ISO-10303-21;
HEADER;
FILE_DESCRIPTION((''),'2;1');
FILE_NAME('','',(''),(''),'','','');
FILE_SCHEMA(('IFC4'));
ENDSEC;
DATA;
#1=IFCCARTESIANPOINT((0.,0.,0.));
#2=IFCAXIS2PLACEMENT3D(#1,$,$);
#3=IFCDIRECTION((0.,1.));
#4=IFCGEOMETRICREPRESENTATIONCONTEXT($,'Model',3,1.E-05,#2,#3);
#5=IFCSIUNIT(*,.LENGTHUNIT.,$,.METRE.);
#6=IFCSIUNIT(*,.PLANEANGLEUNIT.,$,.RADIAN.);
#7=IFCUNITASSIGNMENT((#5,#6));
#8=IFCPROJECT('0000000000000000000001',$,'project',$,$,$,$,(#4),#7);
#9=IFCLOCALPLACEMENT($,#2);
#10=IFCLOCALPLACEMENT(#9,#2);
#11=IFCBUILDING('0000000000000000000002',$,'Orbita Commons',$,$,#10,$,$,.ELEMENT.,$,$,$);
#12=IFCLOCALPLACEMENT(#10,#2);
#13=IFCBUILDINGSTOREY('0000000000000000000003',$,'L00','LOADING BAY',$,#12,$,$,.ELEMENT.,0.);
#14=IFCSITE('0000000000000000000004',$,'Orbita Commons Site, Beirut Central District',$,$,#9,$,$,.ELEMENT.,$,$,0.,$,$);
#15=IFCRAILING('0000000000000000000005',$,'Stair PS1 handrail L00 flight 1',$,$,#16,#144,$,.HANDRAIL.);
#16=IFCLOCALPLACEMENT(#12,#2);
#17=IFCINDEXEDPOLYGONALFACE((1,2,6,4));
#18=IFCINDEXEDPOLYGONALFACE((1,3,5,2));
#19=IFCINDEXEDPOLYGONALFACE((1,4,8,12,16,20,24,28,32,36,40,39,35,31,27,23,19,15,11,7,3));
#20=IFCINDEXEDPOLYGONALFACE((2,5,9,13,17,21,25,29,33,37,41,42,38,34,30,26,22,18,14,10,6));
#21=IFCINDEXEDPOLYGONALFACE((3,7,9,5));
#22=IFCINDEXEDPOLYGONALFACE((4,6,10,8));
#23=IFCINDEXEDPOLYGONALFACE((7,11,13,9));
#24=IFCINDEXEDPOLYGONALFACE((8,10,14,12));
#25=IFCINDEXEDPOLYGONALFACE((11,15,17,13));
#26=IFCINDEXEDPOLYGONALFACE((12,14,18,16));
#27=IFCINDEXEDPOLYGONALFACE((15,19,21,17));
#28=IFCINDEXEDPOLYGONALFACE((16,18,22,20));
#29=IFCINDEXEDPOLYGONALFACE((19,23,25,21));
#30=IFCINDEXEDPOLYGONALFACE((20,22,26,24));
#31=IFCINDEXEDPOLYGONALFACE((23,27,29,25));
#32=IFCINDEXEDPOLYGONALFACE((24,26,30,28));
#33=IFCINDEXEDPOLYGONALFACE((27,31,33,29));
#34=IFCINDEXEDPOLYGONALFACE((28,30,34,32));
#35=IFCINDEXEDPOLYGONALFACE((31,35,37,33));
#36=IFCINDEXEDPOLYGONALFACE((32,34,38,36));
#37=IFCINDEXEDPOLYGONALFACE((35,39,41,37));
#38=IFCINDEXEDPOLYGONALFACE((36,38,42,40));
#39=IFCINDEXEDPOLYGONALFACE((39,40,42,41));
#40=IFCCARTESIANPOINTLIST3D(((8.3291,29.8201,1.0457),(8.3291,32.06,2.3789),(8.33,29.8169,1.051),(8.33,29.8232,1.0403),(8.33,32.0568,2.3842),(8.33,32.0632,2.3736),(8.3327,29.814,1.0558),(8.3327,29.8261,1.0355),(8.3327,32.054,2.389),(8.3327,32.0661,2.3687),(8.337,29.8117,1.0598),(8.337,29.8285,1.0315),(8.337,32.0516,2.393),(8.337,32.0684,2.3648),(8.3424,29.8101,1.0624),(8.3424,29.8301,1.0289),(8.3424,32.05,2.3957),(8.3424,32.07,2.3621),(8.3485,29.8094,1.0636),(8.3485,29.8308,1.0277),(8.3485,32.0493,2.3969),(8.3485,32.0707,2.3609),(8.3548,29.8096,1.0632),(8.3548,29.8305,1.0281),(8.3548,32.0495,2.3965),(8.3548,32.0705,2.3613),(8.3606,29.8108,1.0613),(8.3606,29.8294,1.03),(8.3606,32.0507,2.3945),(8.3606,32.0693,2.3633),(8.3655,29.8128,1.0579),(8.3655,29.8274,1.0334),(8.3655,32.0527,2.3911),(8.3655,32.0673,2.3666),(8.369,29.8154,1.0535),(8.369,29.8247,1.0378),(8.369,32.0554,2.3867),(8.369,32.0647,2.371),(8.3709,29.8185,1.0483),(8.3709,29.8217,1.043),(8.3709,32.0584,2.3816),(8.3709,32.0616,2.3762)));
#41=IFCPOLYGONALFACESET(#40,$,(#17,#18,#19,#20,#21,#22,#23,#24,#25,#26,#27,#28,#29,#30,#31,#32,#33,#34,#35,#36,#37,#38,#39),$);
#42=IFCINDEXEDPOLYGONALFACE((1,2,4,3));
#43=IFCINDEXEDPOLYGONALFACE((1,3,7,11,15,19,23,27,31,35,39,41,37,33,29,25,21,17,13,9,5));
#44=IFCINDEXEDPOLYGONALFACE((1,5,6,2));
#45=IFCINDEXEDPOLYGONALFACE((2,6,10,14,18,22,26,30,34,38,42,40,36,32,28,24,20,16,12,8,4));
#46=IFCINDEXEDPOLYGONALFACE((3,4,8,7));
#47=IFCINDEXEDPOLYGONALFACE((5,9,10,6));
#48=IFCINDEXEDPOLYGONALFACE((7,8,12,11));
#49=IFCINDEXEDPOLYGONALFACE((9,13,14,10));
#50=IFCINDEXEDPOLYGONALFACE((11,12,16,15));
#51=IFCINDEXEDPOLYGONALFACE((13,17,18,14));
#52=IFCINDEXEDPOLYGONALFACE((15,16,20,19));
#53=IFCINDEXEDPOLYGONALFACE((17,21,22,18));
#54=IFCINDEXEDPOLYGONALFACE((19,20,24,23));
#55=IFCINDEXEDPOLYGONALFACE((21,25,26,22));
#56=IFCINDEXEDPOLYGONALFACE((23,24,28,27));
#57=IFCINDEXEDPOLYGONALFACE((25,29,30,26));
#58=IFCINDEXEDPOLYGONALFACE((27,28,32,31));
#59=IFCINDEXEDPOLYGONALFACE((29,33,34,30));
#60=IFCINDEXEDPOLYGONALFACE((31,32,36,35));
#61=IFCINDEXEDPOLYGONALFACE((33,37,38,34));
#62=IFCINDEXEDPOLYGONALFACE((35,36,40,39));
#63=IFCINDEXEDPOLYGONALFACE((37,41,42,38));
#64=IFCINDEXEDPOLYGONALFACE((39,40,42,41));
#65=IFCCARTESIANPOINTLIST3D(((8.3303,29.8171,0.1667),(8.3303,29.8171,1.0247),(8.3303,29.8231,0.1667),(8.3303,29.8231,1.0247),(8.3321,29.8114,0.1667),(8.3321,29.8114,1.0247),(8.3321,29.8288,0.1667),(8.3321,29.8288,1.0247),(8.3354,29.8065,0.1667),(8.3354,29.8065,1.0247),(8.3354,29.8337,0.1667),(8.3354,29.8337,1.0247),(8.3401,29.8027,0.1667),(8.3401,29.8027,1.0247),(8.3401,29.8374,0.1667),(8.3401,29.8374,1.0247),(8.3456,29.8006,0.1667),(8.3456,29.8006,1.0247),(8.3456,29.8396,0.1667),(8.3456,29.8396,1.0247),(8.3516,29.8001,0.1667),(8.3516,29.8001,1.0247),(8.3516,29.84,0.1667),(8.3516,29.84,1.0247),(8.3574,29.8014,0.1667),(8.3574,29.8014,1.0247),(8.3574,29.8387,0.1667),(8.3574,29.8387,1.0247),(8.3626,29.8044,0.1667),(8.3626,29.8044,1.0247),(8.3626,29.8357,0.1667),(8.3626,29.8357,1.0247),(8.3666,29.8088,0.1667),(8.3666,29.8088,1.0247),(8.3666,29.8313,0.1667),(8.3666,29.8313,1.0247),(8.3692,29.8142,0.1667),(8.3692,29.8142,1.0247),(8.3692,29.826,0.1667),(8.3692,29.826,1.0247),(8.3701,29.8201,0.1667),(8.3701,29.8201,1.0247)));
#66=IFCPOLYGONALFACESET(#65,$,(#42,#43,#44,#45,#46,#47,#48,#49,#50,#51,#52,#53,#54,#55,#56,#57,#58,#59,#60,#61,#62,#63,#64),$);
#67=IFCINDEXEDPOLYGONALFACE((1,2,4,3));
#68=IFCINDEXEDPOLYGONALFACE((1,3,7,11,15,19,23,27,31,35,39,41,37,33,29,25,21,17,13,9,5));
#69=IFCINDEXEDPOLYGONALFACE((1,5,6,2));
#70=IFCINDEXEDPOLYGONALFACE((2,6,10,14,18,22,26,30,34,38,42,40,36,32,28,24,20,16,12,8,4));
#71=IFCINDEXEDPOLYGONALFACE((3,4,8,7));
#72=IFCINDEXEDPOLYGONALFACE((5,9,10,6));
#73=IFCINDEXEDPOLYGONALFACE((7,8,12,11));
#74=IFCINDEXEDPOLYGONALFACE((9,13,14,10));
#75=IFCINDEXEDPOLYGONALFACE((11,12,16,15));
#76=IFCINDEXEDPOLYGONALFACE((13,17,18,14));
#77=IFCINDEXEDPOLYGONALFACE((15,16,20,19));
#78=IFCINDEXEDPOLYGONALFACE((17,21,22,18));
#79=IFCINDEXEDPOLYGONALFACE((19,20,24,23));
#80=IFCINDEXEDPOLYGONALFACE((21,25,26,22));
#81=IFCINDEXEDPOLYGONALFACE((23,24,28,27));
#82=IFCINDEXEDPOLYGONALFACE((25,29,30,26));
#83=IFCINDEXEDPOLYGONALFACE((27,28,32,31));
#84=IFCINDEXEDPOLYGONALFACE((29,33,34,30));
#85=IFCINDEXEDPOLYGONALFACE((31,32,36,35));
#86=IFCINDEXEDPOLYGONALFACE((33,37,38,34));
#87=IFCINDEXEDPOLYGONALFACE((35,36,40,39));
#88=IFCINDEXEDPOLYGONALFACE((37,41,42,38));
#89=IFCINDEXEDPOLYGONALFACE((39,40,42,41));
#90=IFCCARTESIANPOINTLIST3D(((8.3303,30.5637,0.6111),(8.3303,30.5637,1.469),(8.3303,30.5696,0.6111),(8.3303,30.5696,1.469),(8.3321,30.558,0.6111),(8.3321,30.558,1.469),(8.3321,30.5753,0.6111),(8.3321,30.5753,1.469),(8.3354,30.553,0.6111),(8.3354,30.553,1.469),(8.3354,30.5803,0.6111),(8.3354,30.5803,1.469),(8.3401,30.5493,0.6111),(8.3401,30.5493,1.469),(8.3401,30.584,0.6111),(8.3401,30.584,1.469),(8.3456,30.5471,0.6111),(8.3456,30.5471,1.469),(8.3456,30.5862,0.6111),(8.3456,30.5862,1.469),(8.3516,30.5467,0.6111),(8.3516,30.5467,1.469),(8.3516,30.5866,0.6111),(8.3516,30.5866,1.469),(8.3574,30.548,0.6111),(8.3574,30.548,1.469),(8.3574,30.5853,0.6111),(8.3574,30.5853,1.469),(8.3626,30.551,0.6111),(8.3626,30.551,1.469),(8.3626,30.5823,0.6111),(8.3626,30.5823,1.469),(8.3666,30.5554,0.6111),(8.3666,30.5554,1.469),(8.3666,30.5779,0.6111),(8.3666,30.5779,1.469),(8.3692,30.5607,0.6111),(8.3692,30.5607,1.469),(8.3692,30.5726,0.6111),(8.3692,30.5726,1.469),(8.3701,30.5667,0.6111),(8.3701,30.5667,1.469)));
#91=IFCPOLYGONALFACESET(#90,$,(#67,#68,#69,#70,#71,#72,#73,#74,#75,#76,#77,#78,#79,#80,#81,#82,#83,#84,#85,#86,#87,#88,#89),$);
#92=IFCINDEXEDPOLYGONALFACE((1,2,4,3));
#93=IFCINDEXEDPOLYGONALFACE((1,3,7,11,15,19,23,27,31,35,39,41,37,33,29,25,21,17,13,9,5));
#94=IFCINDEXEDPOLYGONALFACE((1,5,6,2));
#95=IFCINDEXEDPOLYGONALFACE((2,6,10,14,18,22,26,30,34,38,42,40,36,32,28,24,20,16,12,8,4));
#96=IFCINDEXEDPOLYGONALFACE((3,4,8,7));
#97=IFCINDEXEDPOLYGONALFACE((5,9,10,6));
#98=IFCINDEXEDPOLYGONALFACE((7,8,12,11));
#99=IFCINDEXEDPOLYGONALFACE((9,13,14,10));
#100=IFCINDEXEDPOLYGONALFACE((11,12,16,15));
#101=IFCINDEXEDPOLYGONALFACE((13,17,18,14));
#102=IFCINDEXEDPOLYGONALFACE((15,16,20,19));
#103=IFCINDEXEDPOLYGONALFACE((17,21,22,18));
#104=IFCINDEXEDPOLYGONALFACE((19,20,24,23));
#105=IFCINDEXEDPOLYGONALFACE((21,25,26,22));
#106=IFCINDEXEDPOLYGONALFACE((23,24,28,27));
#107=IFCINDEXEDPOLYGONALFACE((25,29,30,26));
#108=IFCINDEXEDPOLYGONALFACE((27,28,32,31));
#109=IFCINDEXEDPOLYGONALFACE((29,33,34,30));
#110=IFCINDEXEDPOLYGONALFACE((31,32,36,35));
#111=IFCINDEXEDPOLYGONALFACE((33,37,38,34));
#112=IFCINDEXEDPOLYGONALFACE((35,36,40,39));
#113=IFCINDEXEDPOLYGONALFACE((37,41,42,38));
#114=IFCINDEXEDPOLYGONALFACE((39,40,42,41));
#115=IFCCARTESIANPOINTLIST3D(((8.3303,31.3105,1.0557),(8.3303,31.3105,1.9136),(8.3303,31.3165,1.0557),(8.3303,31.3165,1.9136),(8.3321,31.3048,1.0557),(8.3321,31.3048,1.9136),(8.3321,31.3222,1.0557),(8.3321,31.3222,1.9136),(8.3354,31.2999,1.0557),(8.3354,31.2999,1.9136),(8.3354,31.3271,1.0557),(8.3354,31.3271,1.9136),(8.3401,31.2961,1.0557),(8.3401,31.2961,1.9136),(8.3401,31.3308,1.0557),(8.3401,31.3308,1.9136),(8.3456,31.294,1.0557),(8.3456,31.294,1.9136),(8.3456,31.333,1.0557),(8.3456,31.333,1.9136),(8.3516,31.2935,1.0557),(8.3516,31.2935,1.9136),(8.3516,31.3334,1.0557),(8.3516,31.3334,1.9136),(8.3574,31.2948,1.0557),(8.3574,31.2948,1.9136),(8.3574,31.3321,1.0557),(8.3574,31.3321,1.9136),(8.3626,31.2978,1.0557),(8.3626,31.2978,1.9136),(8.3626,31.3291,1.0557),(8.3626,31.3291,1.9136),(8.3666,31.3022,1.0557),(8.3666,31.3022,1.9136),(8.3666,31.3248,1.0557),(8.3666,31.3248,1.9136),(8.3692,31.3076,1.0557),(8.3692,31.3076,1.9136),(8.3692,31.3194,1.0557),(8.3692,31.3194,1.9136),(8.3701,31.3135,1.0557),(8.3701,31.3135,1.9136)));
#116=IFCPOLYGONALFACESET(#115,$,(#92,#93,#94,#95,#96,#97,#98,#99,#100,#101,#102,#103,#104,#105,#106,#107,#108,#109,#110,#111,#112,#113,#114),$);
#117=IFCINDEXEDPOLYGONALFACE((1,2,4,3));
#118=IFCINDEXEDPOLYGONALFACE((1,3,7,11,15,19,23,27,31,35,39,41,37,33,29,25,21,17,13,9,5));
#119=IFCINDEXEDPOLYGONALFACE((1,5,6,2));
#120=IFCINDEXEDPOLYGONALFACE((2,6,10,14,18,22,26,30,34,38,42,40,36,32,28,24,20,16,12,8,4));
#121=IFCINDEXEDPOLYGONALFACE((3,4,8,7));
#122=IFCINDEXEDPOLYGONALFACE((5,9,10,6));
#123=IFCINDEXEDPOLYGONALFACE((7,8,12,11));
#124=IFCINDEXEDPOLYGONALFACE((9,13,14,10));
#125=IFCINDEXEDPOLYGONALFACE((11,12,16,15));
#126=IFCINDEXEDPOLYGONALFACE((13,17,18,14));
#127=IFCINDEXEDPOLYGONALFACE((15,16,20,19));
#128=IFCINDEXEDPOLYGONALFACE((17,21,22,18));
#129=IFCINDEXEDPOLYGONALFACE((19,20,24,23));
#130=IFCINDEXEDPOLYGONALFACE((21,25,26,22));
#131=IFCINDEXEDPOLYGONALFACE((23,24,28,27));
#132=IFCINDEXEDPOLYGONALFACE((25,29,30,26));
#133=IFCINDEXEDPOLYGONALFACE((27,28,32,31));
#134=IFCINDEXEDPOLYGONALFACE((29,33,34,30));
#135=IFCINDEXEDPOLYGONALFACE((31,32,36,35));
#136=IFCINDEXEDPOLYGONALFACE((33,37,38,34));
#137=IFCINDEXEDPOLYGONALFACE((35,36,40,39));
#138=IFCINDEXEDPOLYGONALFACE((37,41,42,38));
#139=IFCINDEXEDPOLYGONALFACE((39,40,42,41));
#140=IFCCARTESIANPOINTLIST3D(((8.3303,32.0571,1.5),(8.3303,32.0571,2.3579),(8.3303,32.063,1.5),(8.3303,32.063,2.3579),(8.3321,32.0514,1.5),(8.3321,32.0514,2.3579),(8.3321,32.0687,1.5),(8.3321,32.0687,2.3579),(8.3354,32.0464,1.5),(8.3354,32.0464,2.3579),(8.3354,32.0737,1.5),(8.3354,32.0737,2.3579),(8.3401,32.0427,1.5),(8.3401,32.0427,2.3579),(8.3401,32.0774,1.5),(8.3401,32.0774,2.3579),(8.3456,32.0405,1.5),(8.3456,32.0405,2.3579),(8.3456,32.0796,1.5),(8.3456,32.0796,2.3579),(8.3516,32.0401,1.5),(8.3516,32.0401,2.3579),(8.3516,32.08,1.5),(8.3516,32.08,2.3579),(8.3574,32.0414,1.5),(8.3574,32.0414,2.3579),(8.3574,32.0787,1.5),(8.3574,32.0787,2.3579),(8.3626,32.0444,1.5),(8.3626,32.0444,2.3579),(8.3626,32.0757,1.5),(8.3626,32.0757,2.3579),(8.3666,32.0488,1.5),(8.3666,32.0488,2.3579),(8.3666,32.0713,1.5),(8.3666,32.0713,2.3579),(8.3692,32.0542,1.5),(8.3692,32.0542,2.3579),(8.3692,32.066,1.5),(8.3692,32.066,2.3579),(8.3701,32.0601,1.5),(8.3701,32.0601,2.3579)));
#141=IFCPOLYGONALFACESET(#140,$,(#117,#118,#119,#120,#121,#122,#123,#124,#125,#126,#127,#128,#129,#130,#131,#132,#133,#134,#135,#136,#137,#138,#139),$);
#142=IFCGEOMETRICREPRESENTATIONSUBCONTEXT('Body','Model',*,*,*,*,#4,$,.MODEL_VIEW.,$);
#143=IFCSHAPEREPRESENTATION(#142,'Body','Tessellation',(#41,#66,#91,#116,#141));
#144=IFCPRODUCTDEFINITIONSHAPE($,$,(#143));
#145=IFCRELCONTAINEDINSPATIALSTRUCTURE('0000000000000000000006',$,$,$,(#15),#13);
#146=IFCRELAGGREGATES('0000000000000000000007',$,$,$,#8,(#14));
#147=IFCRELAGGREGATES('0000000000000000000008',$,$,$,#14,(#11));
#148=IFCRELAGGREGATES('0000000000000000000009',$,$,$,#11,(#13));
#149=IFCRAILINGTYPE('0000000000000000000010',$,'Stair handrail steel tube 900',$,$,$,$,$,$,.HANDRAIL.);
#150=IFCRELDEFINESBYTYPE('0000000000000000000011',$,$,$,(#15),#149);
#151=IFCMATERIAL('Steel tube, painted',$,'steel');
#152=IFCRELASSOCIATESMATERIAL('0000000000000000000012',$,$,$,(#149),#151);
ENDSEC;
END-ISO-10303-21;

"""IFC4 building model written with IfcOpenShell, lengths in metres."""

from ifc_helpers import new_model, si_unit, direction, frame, origin, origin_2d, place, context, subcontext, project, spatial, circle, extrude, material, type_object, element, save


model = new_model("IFC4")

# Units and contexts
model_context = context("Model", 3, precision=1e-05, world=origin(), true_north=direction((0.0, 1.0)))
body_context = subcontext(model_context, "Body", "Model", "MODEL_VIEW")
ifc_project = project(units=[si_unit("LENGTHUNIT", "METRE"), si_unit("PLANEANGLEUNIT", "RADIAN")], contexts=[model_context])

# Site, building, storey
site_placement = place(None, origin())
site = spatial("IfcSite", under=ifc_project, at=site_placement, Name="Orbita Commons Site, Beirut Central District", CompositionType="ELEMENT", RefElevation=0.0)
building_placement = place(site_placement, origin())
building = spatial("IfcBuilding", under=site, at=building_placement, Name="Orbita Commons", CompositionType="ELEMENT")
storey_placement = place(building_placement, origin())
storey = spatial("IfcBuildingStorey", under=building, at=storey_placement, Name="L00", Description="LOADING BAY", CompositionType="ELEMENT", Elevation=0.0)

# Railing
ifc_material_1 = material(Name="Steel tube, painted", Category="steel")
railing_type_1 = type_object("IfcRailingType", Name="Stair handrail steel tube 900", PredefinedType="HANDRAIL", material=ifc_material_1)
for number, where, name in (
    (1, (8.3501, 29.8201, 0.1667), "Stair PS1 handrail L00 flight 1"),
):
    element("IfcRailing", number, at=place(storey_placement, frame(where)), inside=storey, type_object=railing_type_1, Name=name, PredefinedType="HANDRAIL", context=body_context, shape_type="SweptSolid", body=[
        extrude(circle(Radius=0.021, at=origin_2d()), frame((0.0, 0.0, 0.8789), z_axis=(0.0, 0.859306, 0.511462), x_axis=(-1.0, 0.0, 0.0)), (0.0, 0.0, 1.0), 2.6067),
        extrude(circle(Radius=0.02, at=origin_2d()), origin(), (0.0, 0.0, 1.0), 0.8579),
        extrude(circle(Radius=0.02, at=origin_2d()), frame((0.0, 0.7466, 0.4443)), (0.0, 0.0, 1.0), 0.8579),
        extrude(circle(Radius=0.02, at=origin_2d()), frame((0.0, 1.4934, 0.8889)), (0.0, 0.0, 1.0), 0.8579),
        extrude(circle(Radius=0.02, at=origin_2d()), frame((0.0, 2.24, 1.3333)), (0.0, 0.0, 1.0), 0.8579),
    ])

save(model, "model.ifc")
